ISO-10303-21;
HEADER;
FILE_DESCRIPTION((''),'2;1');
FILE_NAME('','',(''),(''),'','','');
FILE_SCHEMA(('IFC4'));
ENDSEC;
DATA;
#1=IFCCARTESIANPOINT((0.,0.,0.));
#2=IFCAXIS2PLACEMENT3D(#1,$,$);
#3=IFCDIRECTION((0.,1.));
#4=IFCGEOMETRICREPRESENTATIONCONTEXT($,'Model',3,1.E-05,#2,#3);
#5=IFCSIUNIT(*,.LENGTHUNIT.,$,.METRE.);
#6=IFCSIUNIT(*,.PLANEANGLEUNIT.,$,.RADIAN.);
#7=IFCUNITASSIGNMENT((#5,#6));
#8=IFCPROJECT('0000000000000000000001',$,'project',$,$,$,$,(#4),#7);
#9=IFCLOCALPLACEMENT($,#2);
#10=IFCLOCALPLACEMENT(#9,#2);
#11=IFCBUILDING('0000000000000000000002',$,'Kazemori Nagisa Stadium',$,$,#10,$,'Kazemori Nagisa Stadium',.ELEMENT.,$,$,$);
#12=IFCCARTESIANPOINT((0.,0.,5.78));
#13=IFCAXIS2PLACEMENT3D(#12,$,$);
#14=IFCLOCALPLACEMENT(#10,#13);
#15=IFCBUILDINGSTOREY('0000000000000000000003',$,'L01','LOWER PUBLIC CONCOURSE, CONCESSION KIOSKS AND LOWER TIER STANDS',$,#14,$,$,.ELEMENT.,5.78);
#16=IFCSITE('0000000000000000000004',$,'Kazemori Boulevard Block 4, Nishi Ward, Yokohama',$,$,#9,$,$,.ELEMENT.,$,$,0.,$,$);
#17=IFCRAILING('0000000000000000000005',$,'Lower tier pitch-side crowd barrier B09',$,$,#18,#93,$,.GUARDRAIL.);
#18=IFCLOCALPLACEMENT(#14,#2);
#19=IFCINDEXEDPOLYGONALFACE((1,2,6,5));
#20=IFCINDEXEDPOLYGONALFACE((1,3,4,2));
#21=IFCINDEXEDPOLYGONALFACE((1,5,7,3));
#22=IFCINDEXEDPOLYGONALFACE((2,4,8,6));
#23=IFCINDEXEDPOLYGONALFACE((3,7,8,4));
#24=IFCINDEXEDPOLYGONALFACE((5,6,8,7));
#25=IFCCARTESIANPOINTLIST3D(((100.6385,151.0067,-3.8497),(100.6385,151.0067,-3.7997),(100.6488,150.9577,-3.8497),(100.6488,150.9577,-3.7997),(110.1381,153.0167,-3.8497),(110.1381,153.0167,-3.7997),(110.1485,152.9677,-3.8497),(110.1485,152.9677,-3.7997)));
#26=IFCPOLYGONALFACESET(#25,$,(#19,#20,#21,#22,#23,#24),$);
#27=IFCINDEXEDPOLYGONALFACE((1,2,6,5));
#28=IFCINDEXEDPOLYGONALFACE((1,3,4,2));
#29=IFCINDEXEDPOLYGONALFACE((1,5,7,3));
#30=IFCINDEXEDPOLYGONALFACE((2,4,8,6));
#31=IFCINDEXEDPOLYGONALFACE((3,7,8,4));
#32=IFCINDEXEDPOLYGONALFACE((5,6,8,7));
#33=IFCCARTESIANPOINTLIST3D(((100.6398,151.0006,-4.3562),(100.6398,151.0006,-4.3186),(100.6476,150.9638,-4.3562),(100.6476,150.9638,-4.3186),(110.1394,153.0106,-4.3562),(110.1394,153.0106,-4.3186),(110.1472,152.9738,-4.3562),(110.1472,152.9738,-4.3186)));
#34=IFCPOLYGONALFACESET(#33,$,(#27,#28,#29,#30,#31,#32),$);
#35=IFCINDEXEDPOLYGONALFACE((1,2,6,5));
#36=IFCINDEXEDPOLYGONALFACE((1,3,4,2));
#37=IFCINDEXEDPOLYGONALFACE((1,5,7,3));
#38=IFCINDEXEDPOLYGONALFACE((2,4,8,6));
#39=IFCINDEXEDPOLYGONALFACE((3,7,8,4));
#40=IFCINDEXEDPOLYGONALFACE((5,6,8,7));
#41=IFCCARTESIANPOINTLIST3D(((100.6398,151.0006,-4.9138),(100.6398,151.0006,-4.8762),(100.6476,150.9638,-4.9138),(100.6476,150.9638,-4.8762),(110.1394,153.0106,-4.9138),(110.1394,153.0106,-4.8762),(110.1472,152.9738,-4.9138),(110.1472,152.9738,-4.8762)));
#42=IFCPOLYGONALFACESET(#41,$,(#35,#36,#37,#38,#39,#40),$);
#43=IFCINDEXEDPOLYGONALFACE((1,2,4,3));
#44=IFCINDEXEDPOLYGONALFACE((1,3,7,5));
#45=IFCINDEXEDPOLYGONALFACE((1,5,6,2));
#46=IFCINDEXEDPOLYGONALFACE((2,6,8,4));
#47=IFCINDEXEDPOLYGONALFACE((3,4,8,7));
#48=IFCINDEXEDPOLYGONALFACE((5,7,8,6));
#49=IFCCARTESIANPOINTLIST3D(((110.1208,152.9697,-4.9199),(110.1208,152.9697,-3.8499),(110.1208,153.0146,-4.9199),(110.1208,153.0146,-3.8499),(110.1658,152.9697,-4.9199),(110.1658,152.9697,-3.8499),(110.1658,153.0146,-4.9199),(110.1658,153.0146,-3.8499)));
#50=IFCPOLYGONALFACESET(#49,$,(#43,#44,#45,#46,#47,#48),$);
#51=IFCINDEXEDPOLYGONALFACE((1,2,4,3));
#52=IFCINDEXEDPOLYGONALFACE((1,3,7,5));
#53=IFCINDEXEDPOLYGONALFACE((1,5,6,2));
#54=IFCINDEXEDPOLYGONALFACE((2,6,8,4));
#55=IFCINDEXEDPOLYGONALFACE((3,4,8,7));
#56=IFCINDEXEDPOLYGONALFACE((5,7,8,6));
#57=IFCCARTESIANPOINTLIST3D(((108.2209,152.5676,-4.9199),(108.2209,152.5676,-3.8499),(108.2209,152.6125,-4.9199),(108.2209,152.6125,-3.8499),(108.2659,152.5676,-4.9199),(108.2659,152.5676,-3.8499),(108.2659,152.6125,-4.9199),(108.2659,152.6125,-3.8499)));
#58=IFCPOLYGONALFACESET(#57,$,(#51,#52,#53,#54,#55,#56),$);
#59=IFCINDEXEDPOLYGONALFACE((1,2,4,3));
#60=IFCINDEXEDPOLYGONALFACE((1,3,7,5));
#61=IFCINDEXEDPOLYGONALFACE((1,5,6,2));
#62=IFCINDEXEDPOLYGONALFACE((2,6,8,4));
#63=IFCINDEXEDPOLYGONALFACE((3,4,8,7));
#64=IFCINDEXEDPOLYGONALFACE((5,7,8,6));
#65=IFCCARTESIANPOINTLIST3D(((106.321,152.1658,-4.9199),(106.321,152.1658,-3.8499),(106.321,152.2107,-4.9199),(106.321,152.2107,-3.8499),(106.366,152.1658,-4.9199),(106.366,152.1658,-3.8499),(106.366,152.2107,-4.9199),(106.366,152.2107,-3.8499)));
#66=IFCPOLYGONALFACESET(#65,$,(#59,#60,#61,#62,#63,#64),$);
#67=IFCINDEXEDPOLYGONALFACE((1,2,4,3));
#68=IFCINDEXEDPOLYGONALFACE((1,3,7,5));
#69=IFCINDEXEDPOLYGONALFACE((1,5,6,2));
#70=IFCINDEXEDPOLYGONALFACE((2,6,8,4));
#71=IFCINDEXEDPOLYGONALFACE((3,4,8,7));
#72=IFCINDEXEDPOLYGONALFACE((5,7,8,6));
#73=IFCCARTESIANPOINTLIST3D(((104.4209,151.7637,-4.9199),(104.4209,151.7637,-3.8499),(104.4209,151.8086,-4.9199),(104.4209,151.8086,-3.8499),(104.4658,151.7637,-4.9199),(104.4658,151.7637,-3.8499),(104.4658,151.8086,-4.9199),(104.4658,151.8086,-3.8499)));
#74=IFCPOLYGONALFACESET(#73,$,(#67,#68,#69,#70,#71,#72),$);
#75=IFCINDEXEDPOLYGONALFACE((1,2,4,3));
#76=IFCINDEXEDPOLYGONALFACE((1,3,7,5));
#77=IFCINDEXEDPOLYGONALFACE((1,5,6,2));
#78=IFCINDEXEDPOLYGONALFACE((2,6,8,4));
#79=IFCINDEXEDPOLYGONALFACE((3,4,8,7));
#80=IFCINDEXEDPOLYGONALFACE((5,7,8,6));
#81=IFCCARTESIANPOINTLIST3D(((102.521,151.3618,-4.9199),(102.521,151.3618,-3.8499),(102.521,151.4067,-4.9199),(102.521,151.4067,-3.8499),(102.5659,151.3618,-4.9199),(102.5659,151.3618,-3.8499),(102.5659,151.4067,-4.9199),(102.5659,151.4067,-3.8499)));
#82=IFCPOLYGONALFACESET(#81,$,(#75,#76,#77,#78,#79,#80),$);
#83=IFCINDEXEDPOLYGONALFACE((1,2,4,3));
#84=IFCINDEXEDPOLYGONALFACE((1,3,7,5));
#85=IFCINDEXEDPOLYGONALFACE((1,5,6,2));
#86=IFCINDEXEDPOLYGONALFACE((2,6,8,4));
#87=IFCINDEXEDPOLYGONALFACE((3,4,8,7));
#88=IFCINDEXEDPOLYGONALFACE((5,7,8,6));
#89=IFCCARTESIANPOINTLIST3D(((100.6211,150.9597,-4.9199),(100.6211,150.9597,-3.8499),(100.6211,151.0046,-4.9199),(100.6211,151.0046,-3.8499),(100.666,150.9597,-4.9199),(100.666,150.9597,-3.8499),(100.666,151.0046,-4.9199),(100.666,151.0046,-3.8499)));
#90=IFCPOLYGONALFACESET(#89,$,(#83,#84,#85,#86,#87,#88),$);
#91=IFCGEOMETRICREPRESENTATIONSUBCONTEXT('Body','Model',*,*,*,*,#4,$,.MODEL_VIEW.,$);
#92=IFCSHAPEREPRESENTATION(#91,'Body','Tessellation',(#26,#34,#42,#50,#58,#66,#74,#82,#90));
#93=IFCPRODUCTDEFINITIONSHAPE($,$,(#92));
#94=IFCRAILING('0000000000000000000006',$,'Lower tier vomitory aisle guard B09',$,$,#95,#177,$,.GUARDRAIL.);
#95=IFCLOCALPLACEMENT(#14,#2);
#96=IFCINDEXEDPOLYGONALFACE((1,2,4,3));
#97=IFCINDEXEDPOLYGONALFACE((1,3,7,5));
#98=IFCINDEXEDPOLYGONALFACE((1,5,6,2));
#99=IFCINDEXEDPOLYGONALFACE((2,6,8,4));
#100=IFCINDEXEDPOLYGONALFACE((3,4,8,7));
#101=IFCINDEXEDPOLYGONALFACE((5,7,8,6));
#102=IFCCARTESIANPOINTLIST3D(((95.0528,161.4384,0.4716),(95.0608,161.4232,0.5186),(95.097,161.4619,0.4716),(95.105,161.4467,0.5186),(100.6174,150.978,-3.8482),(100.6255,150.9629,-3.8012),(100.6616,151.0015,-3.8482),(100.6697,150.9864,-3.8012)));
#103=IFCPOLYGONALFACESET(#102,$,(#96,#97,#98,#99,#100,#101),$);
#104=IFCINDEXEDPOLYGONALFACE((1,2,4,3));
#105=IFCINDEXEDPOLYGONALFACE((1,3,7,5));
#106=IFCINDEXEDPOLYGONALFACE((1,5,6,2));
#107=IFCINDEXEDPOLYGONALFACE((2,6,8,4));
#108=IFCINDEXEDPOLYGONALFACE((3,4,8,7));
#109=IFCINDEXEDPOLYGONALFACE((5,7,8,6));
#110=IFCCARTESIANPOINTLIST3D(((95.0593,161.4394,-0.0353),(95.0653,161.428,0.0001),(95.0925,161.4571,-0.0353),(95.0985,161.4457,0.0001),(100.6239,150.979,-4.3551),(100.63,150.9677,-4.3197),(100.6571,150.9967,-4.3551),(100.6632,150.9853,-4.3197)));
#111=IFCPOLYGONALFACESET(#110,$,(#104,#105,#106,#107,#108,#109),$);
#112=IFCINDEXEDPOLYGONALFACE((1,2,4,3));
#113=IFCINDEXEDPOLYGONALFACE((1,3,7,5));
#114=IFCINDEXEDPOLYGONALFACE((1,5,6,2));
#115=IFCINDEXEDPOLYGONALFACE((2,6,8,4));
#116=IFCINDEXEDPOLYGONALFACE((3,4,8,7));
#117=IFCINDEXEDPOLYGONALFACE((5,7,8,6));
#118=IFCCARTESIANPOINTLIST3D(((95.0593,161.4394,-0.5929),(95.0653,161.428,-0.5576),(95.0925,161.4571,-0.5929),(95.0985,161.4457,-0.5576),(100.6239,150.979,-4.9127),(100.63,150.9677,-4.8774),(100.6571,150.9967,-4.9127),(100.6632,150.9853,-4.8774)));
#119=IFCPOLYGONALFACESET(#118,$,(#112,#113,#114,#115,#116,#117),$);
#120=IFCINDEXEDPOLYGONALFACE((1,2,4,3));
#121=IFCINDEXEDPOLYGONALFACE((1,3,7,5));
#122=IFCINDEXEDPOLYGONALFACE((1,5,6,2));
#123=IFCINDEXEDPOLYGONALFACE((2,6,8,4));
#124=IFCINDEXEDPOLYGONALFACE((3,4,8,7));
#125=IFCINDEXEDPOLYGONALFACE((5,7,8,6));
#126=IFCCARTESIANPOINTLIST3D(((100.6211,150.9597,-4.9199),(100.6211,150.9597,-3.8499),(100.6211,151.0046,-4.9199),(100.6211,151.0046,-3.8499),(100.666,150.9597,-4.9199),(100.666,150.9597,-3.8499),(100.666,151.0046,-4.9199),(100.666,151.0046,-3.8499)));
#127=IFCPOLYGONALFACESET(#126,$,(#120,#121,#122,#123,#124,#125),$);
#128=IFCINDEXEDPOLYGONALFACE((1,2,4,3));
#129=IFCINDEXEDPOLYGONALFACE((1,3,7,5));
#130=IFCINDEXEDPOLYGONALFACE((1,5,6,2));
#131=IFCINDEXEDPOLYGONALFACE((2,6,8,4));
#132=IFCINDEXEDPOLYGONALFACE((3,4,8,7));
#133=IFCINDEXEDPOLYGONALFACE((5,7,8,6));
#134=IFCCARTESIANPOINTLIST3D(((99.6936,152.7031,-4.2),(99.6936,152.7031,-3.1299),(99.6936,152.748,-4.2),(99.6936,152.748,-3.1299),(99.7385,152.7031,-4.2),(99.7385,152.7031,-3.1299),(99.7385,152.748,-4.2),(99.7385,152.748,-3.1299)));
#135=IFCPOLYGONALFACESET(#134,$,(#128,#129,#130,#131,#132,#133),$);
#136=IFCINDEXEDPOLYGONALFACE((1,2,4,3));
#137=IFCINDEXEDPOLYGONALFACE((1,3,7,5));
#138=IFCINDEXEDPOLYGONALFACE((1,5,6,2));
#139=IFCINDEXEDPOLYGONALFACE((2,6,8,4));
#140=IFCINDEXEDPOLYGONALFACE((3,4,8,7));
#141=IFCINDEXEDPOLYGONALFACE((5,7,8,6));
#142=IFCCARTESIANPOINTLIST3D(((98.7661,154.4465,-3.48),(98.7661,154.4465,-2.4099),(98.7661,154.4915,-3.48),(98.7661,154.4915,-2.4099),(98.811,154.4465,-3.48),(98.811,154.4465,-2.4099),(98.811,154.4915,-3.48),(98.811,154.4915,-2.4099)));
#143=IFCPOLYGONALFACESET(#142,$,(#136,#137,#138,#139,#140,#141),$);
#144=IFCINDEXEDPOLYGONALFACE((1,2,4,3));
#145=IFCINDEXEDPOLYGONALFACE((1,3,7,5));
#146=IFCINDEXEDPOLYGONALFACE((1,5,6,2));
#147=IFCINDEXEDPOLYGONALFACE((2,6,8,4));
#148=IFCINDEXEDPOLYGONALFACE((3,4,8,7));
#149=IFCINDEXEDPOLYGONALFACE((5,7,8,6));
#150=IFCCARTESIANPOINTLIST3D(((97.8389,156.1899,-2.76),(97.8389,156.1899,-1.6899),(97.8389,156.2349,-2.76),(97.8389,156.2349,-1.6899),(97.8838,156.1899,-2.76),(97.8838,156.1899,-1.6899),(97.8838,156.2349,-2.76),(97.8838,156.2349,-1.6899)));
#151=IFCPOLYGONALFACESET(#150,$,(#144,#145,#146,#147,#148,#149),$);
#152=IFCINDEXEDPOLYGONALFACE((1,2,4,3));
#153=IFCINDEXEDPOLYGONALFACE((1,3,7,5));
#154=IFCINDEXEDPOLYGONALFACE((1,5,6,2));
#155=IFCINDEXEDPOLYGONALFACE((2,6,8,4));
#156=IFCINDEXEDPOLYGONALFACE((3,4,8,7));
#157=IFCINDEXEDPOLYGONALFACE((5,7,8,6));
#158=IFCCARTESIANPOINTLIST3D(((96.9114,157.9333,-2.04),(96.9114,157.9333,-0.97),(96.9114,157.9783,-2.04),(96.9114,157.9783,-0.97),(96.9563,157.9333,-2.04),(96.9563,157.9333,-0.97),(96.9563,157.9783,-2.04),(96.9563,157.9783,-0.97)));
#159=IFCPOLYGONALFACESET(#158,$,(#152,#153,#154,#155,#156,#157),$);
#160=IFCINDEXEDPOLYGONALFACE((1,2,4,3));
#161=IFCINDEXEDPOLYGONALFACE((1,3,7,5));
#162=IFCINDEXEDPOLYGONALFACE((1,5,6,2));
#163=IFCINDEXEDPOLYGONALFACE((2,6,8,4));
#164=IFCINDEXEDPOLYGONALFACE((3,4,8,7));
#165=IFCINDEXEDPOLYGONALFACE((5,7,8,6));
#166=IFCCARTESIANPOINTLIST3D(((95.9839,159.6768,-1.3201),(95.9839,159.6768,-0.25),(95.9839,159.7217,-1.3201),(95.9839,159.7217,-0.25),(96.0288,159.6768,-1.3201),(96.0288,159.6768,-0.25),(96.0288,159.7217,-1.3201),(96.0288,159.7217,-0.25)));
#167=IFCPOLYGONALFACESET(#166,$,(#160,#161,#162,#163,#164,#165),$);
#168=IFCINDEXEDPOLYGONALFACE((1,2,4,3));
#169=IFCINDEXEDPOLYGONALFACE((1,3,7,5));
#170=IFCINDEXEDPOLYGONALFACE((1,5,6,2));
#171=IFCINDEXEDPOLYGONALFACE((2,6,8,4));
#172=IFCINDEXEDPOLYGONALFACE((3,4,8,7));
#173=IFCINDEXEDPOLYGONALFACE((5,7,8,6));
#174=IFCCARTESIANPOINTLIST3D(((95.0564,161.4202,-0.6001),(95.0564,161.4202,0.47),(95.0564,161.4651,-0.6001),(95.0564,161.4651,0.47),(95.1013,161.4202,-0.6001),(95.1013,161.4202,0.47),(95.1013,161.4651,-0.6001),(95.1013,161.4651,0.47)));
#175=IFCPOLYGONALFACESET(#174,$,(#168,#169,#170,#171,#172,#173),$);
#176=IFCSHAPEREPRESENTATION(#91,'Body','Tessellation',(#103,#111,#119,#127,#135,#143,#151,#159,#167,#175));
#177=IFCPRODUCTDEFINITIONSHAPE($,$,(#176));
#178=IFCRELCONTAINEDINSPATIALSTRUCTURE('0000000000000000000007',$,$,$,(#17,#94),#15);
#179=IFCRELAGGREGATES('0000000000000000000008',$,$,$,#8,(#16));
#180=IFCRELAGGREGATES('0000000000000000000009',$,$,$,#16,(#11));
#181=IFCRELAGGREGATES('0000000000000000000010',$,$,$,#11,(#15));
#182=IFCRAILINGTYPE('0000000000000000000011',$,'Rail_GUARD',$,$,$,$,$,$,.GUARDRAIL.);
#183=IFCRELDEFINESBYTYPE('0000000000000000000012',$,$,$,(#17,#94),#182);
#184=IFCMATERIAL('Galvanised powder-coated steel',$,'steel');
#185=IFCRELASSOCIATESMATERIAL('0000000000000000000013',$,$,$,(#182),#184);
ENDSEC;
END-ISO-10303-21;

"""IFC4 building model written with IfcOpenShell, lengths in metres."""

from ifc_helpers import new_model, si_unit, direction, frame, origin, origin_2d, place, context, subcontext, project, spatial, rectangle, extrude, material, type_object, element, save


model = new_model("IFC4")

# Units and contexts
model_context = context("Model", 3, precision=1e-05, world=origin(), true_north=direction((0.0, 1.0)))
body_context = subcontext(model_context, "Body", "Model", "MODEL_VIEW")
ifc_project = project(units=[si_unit("LENGTHUNIT", "METRE"), si_unit("PLANEANGLEUNIT", "RADIAN")], contexts=[model_context])

# Site, building, storey
site_placement = place(None, origin())
site = spatial("IfcSite", under=ifc_project, at=site_placement, Name="Kazemori Boulevard Block 4, Nishi Ward, Yokohama", CompositionType="ELEMENT", RefElevation=0.0)
building_placement = place(site_placement, origin())
building = spatial("IfcBuilding", under=site, at=building_placement, Name="Kazemori Nagisa Stadium", LongName="Kazemori Nagisa Stadium", CompositionType="ELEMENT")
storey_placement = place(building_placement, frame((0.0, 0.0, 5.78)))
storey = spatial("IfcBuildingStorey", under=building, at=storey_placement, Name="L01", Description="LOWER PUBLIC CONCOURSE, CONCESSION KIOSKS AND LOWER TIER STANDS", CompositionType="ELEMENT", Elevation=5.78)

# Railings
ifc_material_1 = material(Name="Galvanised powder-coated steel", Category="steel")
railing_type_1 = type_object("IfcRailingType", Name="Rail_GUARD", PredefinedType="GUARDRAIL", material=ifc_material_1)
railing_1_placement = place(storey_placement, frame((110.1433, 152.9922, -4.9199)))
element("IfcRailing", 1, at=railing_1_placement, inside=storey, type_object=railing_type_1, Name="Lower tier pitch-side crowd barrier B09", PredefinedType="GUARDRAIL", context=body_context, shape_type="SweptSolid", body=[
    extrude(rectangle(XDim=0.05, YDim=0.05, at=origin_2d()), frame((0.0, 0.0, 1.0952), z_axis=(-0.97834, -0.207003, 0.0), x_axis=(0.207003, -0.97834, 0.0)), (0.0, 0.0, 1.0), 9.71),
    extrude(rectangle(XDim=0.0376, YDim=0.0376, at=origin_2d()), frame((0.0, 0.0, 0.5825), z_axis=(-0.97834, -0.207003, 0.0), x_axis=(0.207003, -0.97834, 0.0)), (0.0, 0.0, 1.0), 9.71),
    extrude(rectangle(XDim=0.0376, YDim=0.0376, at=origin_2d()), frame((0.0, 0.0, 0.0249), z_axis=(-0.97834, -0.207003, 0.0), x_axis=(0.207003, -0.97834, 0.0)), (0.0, 0.0, 1.0), 9.71),
    extrude(rectangle(XDim=0.0449, YDim=0.0449, at=origin_2d()), origin(), (0.0, 0.0, 1.0), 1.0701),
    extrude(rectangle(XDim=0.0449, YDim=0.0449, at=origin_2d()), frame((-1.8999, -0.4021, 0.0)), (0.0, 0.0, 1.0), 1.0701),
    extrude(rectangle(XDim=0.0449, YDim=0.0449, at=origin_2d()), frame((-3.7998, -0.804, 0.0)), (0.0, 0.0, 1.0), 1.0701),
    extrude(rectangle(XDim=0.0449, YDim=0.0449, at=origin_2d()), frame((-5.7, -1.2061, 0.0)), (0.0, 0.0, 1.0), 1.0701),
    extrude(rectangle(XDim=0.0449, YDim=0.0449, at=origin_2d()), frame((-7.5999, -1.6079, 0.0)), (0.0, 0.0, 1.0), 1.0701),
    extrude(rectangle(XDim=0.0449, YDim=0.0449, at=origin_2d()), frame((-9.4998, -2.01, 0.0)), (0.0, 0.0, 1.0), 1.0701),
])
railing_2_placement = place(storey_placement, frame((100.6436, 150.9822, -4.9199)))
element("IfcRailing", 2, at=railing_2_placement, inside=storey, type_object=railing_type_1, Name="Lower tier vomitory aisle guard B09", PredefinedType="GUARDRAIL", context=body_context, shape_type="SweptSolid", body=[
    extrude(rectangle(XDim=0.05, YDim=0.05, at=origin_2d()), frame((0.0, 0.0, 1.0952), z_axis=(-0.441243, 0.829443, 0.342533), x_axis=(-0.88285, -0.469654, 0.0)), (0.0, 0.0, 1.0), 12.6113),
    extrude(rectangle(XDim=0.0376, YDim=0.0376, at=origin_2d()), frame((0.0, 0.0, 0.5825), z_axis=(-0.441243, 0.829443, 0.342533), x_axis=(-0.88285, -0.469654, 0.0)), (0.0, 0.0, 1.0), 12.6113),
    extrude(rectangle(XDim=0.0376, YDim=0.0376, at=origin_2d()), frame((0.0, 0.0, 0.0249), z_axis=(-0.441243, 0.829443, 0.342533), x_axis=(-0.88285, -0.469654, 0.0)), (0.0, 0.0, 1.0), 12.6113),
    extrude(rectangle(XDim=0.0449, YDim=0.0449, at=origin_2d()), origin(), (0.0, 0.0, 1.0), 1.0701),
    extrude(rectangle(XDim=0.0449, YDim=0.0449, at=origin_2d()), frame((-0.9275, 1.7434, 0.72)), (0.0, 0.0, 1.0), 1.0701),
    extrude(rectangle(XDim=0.0449, YDim=0.0449, at=origin_2d()), frame((-1.855, 3.4868, 1.4399)), (0.0, 0.0, 1.0), 1.0701),
    extrude(rectangle(XDim=0.0449, YDim=0.0449, at=origin_2d()), frame((-2.7822, 5.2302, 2.1599)), (0.0, 0.0, 1.0), 1.0701),
    extrude(rectangle(XDim=0.0449, YDim=0.0449, at=origin_2d()), frame((-3.7097, 6.9736, 2.8799)), (0.0, 0.0, 1.0), 1.0701),
    extrude(rectangle(XDim=0.0449, YDim=0.0449, at=origin_2d()), frame((-4.6372, 8.717, 3.5999)), (0.0, 0.0, 1.0), 1.0701),
    extrude(rectangle(XDim=0.0449, YDim=0.0449, at=origin_2d()), frame((-5.5647, 10.4604, 4.3198)), (0.0, 0.0, 1.0), 1.0701),
])

save(model, "model.ifc")
